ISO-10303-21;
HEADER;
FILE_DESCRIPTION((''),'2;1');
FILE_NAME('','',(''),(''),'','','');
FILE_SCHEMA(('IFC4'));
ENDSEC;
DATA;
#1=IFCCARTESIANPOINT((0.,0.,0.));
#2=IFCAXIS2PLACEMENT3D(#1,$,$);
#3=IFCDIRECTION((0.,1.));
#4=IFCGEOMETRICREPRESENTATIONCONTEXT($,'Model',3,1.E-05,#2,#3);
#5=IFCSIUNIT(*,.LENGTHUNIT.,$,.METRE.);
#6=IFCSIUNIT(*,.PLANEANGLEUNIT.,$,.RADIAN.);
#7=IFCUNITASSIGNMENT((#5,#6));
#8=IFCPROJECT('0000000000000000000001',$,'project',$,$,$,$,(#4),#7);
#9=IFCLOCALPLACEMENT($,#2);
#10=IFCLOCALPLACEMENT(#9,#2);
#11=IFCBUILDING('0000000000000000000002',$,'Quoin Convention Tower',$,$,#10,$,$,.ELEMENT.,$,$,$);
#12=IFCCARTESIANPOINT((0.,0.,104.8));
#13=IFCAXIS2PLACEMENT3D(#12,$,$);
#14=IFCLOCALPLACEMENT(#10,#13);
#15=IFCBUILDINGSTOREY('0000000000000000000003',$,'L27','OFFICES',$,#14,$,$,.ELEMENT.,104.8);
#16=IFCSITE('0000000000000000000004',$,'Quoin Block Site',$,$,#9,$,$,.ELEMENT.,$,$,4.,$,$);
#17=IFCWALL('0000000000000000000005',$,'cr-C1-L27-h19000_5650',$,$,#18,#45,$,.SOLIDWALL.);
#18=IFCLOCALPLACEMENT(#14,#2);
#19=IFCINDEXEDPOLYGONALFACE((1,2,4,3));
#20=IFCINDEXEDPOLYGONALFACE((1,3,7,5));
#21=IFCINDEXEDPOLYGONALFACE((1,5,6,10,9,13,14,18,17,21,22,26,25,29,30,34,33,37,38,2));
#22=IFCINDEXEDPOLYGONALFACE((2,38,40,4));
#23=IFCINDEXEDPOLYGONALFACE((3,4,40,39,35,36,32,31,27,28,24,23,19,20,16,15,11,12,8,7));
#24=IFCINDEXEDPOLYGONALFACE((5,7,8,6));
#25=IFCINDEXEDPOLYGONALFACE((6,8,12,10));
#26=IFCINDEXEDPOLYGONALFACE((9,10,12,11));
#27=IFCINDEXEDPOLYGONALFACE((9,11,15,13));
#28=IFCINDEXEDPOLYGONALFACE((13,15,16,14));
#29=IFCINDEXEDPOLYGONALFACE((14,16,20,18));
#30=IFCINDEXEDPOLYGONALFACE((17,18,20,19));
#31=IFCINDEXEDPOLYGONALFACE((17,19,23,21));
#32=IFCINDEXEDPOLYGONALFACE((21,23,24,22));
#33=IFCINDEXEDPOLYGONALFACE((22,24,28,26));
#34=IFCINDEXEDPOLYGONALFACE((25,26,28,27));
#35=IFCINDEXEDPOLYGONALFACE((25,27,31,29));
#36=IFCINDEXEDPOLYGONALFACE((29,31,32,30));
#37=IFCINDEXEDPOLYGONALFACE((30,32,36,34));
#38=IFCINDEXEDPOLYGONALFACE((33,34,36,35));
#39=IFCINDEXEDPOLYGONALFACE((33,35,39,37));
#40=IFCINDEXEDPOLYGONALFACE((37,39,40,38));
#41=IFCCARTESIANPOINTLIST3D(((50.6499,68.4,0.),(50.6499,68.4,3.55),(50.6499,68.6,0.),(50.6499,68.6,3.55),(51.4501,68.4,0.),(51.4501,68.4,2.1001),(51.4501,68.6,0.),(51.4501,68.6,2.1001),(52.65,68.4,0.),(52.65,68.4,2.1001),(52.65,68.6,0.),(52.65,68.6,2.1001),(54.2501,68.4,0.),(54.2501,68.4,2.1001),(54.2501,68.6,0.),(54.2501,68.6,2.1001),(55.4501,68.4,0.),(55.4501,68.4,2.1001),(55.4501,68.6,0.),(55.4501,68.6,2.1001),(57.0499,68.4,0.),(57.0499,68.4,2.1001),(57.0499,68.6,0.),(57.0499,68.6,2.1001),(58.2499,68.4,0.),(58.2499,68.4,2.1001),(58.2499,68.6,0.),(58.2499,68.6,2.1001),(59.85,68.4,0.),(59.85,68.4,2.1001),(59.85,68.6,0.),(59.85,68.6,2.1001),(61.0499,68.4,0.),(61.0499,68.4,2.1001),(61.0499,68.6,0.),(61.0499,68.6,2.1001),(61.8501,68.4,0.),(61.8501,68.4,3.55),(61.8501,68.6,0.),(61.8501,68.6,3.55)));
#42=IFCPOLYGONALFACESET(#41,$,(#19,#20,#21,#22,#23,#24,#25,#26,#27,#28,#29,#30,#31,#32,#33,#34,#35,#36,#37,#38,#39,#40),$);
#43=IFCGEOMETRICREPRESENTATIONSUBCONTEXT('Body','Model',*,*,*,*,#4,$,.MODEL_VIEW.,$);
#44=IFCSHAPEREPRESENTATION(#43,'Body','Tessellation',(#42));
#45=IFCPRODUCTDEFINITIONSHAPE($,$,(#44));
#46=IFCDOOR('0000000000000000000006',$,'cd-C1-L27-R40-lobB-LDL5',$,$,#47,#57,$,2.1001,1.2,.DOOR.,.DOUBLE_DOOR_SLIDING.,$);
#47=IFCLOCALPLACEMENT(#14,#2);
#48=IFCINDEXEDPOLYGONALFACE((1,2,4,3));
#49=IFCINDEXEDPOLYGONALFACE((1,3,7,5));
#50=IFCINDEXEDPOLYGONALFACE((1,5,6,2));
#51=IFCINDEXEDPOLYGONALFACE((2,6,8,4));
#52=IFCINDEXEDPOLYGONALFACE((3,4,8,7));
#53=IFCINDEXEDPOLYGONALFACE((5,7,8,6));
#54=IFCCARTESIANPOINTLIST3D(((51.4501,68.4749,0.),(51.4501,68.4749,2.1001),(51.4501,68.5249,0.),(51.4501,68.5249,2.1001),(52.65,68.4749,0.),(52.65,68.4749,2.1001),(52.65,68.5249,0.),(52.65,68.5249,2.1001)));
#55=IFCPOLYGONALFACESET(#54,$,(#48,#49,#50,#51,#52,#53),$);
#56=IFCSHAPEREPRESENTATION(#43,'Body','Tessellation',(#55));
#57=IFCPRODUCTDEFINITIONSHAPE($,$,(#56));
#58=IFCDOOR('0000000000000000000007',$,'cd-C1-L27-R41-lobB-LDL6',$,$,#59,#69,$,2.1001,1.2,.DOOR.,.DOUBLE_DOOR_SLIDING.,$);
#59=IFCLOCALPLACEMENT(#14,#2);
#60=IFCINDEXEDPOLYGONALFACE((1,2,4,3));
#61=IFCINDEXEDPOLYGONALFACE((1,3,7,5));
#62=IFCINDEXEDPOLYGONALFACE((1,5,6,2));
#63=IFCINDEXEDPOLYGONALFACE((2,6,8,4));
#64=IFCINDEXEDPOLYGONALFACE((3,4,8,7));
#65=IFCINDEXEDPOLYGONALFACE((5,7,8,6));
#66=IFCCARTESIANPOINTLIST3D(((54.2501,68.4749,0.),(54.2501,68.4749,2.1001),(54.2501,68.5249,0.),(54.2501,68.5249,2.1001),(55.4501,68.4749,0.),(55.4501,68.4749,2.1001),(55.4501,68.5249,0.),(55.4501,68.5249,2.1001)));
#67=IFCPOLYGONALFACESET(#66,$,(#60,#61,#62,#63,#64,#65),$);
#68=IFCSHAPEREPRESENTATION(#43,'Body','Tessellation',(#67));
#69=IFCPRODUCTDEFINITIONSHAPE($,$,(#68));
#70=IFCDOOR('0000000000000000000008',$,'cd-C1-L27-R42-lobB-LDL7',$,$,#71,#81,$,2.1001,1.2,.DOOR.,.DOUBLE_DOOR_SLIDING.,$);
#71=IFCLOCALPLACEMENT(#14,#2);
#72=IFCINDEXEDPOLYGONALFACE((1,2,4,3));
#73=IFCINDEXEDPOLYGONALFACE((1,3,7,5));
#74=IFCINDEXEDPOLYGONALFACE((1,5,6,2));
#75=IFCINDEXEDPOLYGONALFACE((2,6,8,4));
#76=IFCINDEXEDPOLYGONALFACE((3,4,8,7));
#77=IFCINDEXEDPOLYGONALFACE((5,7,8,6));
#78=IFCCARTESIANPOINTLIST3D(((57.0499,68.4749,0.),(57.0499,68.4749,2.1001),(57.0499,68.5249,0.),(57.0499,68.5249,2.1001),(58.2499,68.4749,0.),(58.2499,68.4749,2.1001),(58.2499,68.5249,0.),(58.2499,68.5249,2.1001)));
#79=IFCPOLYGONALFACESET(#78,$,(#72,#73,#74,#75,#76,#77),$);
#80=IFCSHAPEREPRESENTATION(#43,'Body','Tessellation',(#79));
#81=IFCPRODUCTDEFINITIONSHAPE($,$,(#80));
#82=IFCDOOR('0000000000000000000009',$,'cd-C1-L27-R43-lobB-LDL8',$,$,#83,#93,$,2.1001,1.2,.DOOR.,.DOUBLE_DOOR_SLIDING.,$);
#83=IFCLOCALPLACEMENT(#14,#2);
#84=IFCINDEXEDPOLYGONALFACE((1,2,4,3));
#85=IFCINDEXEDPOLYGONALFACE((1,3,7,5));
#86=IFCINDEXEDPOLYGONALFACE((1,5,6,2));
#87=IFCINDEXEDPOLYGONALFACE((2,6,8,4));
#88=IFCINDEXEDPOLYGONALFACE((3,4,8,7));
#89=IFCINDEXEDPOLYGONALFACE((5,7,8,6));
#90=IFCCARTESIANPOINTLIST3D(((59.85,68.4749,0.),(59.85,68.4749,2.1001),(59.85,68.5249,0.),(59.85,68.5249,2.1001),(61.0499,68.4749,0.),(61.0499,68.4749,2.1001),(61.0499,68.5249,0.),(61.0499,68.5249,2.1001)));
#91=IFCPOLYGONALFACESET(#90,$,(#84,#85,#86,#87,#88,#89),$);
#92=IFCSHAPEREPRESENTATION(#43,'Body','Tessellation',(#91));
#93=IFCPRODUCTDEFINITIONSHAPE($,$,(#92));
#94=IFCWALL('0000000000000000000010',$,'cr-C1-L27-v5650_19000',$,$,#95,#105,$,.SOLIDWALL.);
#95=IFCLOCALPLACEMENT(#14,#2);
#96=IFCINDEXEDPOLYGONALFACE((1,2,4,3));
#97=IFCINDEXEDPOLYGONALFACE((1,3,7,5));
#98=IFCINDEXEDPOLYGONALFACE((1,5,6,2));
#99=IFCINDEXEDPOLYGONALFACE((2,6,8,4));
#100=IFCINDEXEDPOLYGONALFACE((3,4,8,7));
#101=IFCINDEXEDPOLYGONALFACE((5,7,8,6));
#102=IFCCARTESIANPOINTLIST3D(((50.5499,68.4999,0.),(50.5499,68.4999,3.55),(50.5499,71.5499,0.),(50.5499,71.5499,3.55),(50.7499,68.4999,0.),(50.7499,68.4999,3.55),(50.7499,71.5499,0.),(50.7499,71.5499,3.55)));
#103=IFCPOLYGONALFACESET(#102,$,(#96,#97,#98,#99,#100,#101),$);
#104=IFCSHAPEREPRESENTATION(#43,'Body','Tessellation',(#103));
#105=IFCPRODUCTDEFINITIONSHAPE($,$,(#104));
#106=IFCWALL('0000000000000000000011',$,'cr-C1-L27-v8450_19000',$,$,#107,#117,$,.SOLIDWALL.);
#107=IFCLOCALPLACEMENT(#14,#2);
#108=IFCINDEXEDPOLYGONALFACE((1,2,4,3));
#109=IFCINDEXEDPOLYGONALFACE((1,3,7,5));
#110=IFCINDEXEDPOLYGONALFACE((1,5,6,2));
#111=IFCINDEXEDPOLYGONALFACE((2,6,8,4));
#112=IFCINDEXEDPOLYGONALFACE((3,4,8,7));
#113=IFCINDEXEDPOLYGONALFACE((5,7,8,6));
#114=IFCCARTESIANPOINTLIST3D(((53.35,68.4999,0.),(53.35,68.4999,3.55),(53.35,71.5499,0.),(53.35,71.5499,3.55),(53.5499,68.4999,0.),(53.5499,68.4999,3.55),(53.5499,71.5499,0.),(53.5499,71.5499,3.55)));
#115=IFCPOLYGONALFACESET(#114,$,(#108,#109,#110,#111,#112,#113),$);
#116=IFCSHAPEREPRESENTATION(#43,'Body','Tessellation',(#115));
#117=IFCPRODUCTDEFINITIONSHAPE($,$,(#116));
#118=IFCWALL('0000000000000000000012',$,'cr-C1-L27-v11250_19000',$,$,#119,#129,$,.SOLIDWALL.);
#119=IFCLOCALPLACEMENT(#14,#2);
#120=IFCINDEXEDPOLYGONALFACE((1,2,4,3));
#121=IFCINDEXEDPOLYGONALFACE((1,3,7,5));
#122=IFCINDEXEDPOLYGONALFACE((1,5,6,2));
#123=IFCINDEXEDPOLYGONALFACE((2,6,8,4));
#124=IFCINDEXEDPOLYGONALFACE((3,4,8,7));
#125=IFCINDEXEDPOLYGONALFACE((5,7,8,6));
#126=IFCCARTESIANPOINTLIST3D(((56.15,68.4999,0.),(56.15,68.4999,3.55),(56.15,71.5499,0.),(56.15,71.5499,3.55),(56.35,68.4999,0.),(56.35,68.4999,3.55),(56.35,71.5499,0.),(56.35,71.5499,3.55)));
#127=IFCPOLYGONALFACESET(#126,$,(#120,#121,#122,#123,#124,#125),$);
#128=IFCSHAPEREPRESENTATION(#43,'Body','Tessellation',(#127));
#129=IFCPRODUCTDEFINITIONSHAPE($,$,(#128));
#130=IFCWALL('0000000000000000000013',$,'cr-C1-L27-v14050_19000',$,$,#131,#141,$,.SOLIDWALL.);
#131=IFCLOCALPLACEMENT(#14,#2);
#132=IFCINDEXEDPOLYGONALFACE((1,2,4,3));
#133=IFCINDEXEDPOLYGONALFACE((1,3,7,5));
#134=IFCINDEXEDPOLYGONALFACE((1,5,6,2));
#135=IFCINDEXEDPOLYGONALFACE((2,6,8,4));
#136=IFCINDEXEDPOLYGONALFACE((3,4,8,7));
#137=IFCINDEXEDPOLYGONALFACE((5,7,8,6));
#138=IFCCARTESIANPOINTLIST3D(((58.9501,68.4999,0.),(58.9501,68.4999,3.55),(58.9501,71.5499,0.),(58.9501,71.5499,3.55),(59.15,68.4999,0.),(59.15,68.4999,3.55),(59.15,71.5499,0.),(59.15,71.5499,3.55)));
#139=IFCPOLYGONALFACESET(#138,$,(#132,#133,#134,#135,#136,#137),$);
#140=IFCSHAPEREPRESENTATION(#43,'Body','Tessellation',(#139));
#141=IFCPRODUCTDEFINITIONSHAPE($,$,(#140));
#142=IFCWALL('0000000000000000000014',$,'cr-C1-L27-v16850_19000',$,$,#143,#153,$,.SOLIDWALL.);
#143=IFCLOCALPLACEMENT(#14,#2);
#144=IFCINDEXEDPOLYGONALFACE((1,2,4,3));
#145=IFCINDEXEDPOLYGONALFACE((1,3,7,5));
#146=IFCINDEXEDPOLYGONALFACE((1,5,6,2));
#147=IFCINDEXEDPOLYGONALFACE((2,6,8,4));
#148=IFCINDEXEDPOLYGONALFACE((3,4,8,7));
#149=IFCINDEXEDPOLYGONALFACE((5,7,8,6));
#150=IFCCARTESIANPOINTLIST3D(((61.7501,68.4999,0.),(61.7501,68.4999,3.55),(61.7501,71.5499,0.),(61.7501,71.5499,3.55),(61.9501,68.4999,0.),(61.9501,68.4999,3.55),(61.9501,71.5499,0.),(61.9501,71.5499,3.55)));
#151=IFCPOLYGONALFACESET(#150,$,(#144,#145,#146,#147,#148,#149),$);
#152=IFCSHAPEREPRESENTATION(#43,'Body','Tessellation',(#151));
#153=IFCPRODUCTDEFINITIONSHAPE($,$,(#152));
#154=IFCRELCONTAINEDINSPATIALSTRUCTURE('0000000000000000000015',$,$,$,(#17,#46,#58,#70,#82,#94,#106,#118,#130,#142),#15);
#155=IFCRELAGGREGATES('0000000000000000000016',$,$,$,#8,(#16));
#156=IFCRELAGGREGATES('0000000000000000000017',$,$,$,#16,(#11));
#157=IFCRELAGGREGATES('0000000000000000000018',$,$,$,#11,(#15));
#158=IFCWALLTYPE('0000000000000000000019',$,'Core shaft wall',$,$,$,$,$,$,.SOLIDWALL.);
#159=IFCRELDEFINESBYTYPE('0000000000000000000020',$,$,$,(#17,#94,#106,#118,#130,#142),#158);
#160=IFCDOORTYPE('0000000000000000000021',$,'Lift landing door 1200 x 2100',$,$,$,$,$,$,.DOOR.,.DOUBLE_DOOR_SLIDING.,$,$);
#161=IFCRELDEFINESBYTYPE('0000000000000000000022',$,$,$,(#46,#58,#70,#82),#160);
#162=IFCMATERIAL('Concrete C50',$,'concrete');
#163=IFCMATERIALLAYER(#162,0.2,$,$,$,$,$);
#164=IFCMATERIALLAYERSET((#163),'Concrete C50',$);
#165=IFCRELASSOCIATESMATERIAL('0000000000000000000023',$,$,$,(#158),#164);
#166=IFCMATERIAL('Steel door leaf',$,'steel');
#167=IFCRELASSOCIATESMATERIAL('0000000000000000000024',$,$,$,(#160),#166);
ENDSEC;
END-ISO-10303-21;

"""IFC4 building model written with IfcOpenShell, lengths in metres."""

from ifc_helpers import new_model, si_unit, direction, frame, frame_2d, origin, place, context, subcontext, project, spatial, rectangle, extrude, material, layer, layer_set, type_object, element, fill, save


model = new_model("IFC4")

# Units and contexts
model_context = context("Model", 3, precision=1e-05, world=origin(), true_north=direction((0.0, 1.0)))
body_context = subcontext(model_context, "Body", "Model", "MODEL_VIEW")
ifc_project = project(units=[si_unit("LENGTHUNIT", "METRE"), si_unit("PLANEANGLEUNIT", "RADIAN")], contexts=[model_context])

# Site, building, storey
site_placement = place(None, origin())
site = spatial("IfcSite", under=ifc_project, at=site_placement, Name="Quoin Block Site", CompositionType="ELEMENT", RefElevation=4.0)
building_placement = place(site_placement, origin())
building = spatial("IfcBuilding", under=site, at=building_placement, Name="Quoin Convention Tower", CompositionType="ELEMENT")
storey_placement = place(building_placement, frame((0.0, 0.0, 104.8)))
storey = spatial("IfcBuildingStorey", under=building, at=storey_placement, Name="L27", Description="OFFICES", CompositionType="ELEMENT", Elevation=104.8)

# Shared definitions
ifc_material_1 = material(Name="Steel door leaf", Category="steel")

# Wall, openings, doors
ifc_material_2 = material(Name="Concrete C50", Category="concrete")
ifc_layer_1 = layer(ifc_material_2, 0.2)
ifc_layer_set_1 = layer_set([ifc_layer_1], Name="Concrete C50")
wall_type_1 = type_object("IfcWallType", Name="Core shaft wall", PredefinedType="SOLIDWALL", material=ifc_layer_set_1)
wall_1_placement = place(storey_placement, frame((50.6499, 68.5, 0.0), z_axis=(0.0, 0.0, 1.0), x_axis=(1.0, 0.0, 0.0)))
wall_1 = element("IfcWall", 1, at=wall_1_placement, inside=storey, type_object=wall_type_1, Name="cr-C1-L27-h19000_5650", PredefinedType="SOLIDWALL", context=body_context, shape_type="SweptSolid", body=[
    extrude(rectangle(XDim=11.2002, YDim=0.2, at=frame_2d((5.6001, 0.0))), origin(), (0.0, 0.0, 1.0), 3.55),
])
opening_1_placement = place(wall_1_placement, frame((0.8, 0.0, 0.0)))
opening_1 = element("IfcOpeningElement", 2, at=opening_1_placement, cuts=wall_1, PredefinedType="OPENING", context=body_context, shape_type="SweptSolid", body=[
    extrude(rectangle(XDim=1.2, YDim=2.1001, at=frame_2d((0.6001, 1.05))), frame((0.0, 0.1099, 0.0), z_axis=(0.0, -1.0, 0.0), x_axis=(1.0, 0.0, 0.0)), (0.0, 0.0, 1.0), 0.22),
])
opening_2_placement = place(wall_1_placement, frame((3.6001, 0.0, 0.0)))
opening_2 = element("IfcOpeningElement", 3, at=opening_2_placement, cuts=wall_1, PredefinedType="OPENING", context=body_context, shape_type="SweptSolid", body=[
    extrude(rectangle(XDim=1.2, YDim=2.1001, at=frame_2d((0.6001, 1.05))), frame((0.0, 0.1099, 0.0), z_axis=(0.0, -1.0, 0.0), x_axis=(1.0, 0.0, 0.0)), (0.0, 0.0, 1.0), 0.22),
])
opening_3_placement = place(wall_1_placement, frame((6.3999, 0.0, 0.0)))
opening_3 = element("IfcOpeningElement", 4, at=opening_3_placement, cuts=wall_1, PredefinedType="OPENING", context=body_context, shape_type="SweptSolid", body=[
    extrude(rectangle(XDim=1.2, YDim=2.1001, at=frame_2d((0.6001, 1.05))), frame((0.0, 0.1099, 0.0), z_axis=(0.0, -1.0, 0.0), x_axis=(1.0, 0.0, 0.0)), (0.0, 0.0, 1.0), 0.22),
])
opening_4_placement = place(wall_1_placement, frame((9.2, 0.0, 0.0)))
opening_4 = element("IfcOpeningElement", 5, at=opening_4_placement, cuts=wall_1, PredefinedType="OPENING", context=body_context, shape_type="SweptSolid", body=[
    extrude(rectangle(XDim=1.2, YDim=2.1001, at=frame_2d((0.6001, 1.05))), frame((0.0, 0.1099, 0.0), z_axis=(0.0, -1.0, 0.0), x_axis=(1.0, 0.0, 0.0)), (0.0, 0.0, 1.0), 0.22),
])
door_type_1 = type_object("IfcDoorType", Name="Lift landing door 1200 x 2100", OperationType="DOUBLE_DOOR_SLIDING", PredefinedType="DOOR", material=ifc_material_1)
door_1_placement = place(opening_1_placement, origin())
door_1 = element("IfcDoor", 6, at=door_1_placement, inside=storey, type_object=door_type_1, Name="cd-C1-L27-R40-lobB-LDL5", OperationType="DOUBLE_DOOR_SLIDING", OverallHeight=2.1001, OverallWidth=1.2, PredefinedType="DOOR", context=body_context, shape_type="SweptSolid", body=[
    extrude(rectangle(XDim=1.2, YDim=2.1001, at=frame_2d((0.6001, 1.05))), frame((0.0, 0.0249, 0.0), z_axis=(0.0, -1.0, 0.0), x_axis=(1.0, 0.0, 0.0)), (0.0, 0.0, 1.0), 0.05),
])
fill(opening_1, door_1)
door_2_placement = place(opening_2_placement, origin())
door_2 = element("IfcDoor", 7, at=door_2_placement, inside=storey, type_object=door_type_1, Name="cd-C1-L27-R41-lobB-LDL6", OperationType="DOUBLE_DOOR_SLIDING", OverallHeight=2.1001, OverallWidth=1.2, PredefinedType="DOOR", context=body_context, shape_type="SweptSolid", body=[
    extrude(rectangle(XDim=1.2, YDim=2.1001, at=frame_2d((0.6001, 1.05))), frame((0.0, 0.0249, 0.0), z_axis=(0.0, -1.0, 0.0), x_axis=(1.0, 0.0, 0.0)), (0.0, 0.0, 1.0), 0.05),
])
fill(opening_2, door_2)
door_3_placement = place(opening_3_placement, origin())
door_3 = element("IfcDoor", 8, at=door_3_placement, inside=storey, type_object=door_type_1, Name="cd-C1-L27-R42-lobB-LDL7", OperationType="DOUBLE_DOOR_SLIDING", OverallHeight=2.1001, OverallWidth=1.2, PredefinedType="DOOR", context=body_context, shape_type="SweptSolid", body=[
    extrude(rectangle(XDim=1.2, YDim=2.1001, at=frame_2d((0.6001, 1.05))), frame((0.0, 0.0249, 0.0), z_axis=(0.0, -1.0, 0.0), x_axis=(1.0, 0.0, 0.0)), (0.0, 0.0, 1.0), 0.05),
])
fill(opening_3, door_3)
door_4_placement = place(opening_4_placement, origin())
door_4 = element("IfcDoor", 9, at=door_4_placement, inside=storey, type_object=door_type_1, Name="cd-C1-L27-R43-lobB-LDL8", OperationType="DOUBLE_DOOR_SLIDING", OverallHeight=2.1001, OverallWidth=1.2, PredefinedType="DOOR", context=body_context, shape_type="SweptSolid", body=[
    extrude(rectangle(XDim=1.2, YDim=2.1001, at=frame_2d((0.6001, 1.05))), frame((0.0, 0.0249, 0.0), z_axis=(0.0, -1.0, 0.0), x_axis=(1.0, 0.0, 0.0)), (0.0, 0.0, 1.0), 0.05),
])
fill(opening_4, door_4)

# Walls
for number, where, z_axis, x_axis, name in (
    (10, (50.6499, 68.5, 0.0), (0.0, 0.0, 1.0), (0.0, 1.0, 0.0), "cr-C1-L27-v5650_19000"),
    (11, (53.45, 68.5, 0.0), (0.0, 0.0, 1.0), (0.0, 1.0, 0.0), "cr-C1-L27-v8450_19000"),
    (12, (56.25, 68.5, 0.0), (0.0, 0.0, 1.0), (0.0, 1.0, 0.0), "cr-C1-L27-v11250_19000"),
    (13, (59.05, 68.5, 0.0), (0.0, 0.0, 1.0), (0.0, 1.0, 0.0), "cr-C1-L27-v14050_19000"),
    (14, (61.8501, 68.5, 0.0), (0.0, 0.0, 1.0), (0.0, 1.0, 0.0), "cr-C1-L27-v16850_19000"),
):
    element("IfcWall", number, at=place(storey_placement, frame(where, z_axis=z_axis, x_axis=x_axis)), inside=storey, type_object=wall_type_1, Name=name, PredefinedType="SOLIDWALL", context=body_context, shape_type="SweptSolid", body=[
        extrude(rectangle(XDim=3.05, YDim=0.2, at=frame_2d((1.5249, 0.0))), origin(), (0.0, 0.0, 1.0), 3.55),
    ])

save(model, "model.ifc")
